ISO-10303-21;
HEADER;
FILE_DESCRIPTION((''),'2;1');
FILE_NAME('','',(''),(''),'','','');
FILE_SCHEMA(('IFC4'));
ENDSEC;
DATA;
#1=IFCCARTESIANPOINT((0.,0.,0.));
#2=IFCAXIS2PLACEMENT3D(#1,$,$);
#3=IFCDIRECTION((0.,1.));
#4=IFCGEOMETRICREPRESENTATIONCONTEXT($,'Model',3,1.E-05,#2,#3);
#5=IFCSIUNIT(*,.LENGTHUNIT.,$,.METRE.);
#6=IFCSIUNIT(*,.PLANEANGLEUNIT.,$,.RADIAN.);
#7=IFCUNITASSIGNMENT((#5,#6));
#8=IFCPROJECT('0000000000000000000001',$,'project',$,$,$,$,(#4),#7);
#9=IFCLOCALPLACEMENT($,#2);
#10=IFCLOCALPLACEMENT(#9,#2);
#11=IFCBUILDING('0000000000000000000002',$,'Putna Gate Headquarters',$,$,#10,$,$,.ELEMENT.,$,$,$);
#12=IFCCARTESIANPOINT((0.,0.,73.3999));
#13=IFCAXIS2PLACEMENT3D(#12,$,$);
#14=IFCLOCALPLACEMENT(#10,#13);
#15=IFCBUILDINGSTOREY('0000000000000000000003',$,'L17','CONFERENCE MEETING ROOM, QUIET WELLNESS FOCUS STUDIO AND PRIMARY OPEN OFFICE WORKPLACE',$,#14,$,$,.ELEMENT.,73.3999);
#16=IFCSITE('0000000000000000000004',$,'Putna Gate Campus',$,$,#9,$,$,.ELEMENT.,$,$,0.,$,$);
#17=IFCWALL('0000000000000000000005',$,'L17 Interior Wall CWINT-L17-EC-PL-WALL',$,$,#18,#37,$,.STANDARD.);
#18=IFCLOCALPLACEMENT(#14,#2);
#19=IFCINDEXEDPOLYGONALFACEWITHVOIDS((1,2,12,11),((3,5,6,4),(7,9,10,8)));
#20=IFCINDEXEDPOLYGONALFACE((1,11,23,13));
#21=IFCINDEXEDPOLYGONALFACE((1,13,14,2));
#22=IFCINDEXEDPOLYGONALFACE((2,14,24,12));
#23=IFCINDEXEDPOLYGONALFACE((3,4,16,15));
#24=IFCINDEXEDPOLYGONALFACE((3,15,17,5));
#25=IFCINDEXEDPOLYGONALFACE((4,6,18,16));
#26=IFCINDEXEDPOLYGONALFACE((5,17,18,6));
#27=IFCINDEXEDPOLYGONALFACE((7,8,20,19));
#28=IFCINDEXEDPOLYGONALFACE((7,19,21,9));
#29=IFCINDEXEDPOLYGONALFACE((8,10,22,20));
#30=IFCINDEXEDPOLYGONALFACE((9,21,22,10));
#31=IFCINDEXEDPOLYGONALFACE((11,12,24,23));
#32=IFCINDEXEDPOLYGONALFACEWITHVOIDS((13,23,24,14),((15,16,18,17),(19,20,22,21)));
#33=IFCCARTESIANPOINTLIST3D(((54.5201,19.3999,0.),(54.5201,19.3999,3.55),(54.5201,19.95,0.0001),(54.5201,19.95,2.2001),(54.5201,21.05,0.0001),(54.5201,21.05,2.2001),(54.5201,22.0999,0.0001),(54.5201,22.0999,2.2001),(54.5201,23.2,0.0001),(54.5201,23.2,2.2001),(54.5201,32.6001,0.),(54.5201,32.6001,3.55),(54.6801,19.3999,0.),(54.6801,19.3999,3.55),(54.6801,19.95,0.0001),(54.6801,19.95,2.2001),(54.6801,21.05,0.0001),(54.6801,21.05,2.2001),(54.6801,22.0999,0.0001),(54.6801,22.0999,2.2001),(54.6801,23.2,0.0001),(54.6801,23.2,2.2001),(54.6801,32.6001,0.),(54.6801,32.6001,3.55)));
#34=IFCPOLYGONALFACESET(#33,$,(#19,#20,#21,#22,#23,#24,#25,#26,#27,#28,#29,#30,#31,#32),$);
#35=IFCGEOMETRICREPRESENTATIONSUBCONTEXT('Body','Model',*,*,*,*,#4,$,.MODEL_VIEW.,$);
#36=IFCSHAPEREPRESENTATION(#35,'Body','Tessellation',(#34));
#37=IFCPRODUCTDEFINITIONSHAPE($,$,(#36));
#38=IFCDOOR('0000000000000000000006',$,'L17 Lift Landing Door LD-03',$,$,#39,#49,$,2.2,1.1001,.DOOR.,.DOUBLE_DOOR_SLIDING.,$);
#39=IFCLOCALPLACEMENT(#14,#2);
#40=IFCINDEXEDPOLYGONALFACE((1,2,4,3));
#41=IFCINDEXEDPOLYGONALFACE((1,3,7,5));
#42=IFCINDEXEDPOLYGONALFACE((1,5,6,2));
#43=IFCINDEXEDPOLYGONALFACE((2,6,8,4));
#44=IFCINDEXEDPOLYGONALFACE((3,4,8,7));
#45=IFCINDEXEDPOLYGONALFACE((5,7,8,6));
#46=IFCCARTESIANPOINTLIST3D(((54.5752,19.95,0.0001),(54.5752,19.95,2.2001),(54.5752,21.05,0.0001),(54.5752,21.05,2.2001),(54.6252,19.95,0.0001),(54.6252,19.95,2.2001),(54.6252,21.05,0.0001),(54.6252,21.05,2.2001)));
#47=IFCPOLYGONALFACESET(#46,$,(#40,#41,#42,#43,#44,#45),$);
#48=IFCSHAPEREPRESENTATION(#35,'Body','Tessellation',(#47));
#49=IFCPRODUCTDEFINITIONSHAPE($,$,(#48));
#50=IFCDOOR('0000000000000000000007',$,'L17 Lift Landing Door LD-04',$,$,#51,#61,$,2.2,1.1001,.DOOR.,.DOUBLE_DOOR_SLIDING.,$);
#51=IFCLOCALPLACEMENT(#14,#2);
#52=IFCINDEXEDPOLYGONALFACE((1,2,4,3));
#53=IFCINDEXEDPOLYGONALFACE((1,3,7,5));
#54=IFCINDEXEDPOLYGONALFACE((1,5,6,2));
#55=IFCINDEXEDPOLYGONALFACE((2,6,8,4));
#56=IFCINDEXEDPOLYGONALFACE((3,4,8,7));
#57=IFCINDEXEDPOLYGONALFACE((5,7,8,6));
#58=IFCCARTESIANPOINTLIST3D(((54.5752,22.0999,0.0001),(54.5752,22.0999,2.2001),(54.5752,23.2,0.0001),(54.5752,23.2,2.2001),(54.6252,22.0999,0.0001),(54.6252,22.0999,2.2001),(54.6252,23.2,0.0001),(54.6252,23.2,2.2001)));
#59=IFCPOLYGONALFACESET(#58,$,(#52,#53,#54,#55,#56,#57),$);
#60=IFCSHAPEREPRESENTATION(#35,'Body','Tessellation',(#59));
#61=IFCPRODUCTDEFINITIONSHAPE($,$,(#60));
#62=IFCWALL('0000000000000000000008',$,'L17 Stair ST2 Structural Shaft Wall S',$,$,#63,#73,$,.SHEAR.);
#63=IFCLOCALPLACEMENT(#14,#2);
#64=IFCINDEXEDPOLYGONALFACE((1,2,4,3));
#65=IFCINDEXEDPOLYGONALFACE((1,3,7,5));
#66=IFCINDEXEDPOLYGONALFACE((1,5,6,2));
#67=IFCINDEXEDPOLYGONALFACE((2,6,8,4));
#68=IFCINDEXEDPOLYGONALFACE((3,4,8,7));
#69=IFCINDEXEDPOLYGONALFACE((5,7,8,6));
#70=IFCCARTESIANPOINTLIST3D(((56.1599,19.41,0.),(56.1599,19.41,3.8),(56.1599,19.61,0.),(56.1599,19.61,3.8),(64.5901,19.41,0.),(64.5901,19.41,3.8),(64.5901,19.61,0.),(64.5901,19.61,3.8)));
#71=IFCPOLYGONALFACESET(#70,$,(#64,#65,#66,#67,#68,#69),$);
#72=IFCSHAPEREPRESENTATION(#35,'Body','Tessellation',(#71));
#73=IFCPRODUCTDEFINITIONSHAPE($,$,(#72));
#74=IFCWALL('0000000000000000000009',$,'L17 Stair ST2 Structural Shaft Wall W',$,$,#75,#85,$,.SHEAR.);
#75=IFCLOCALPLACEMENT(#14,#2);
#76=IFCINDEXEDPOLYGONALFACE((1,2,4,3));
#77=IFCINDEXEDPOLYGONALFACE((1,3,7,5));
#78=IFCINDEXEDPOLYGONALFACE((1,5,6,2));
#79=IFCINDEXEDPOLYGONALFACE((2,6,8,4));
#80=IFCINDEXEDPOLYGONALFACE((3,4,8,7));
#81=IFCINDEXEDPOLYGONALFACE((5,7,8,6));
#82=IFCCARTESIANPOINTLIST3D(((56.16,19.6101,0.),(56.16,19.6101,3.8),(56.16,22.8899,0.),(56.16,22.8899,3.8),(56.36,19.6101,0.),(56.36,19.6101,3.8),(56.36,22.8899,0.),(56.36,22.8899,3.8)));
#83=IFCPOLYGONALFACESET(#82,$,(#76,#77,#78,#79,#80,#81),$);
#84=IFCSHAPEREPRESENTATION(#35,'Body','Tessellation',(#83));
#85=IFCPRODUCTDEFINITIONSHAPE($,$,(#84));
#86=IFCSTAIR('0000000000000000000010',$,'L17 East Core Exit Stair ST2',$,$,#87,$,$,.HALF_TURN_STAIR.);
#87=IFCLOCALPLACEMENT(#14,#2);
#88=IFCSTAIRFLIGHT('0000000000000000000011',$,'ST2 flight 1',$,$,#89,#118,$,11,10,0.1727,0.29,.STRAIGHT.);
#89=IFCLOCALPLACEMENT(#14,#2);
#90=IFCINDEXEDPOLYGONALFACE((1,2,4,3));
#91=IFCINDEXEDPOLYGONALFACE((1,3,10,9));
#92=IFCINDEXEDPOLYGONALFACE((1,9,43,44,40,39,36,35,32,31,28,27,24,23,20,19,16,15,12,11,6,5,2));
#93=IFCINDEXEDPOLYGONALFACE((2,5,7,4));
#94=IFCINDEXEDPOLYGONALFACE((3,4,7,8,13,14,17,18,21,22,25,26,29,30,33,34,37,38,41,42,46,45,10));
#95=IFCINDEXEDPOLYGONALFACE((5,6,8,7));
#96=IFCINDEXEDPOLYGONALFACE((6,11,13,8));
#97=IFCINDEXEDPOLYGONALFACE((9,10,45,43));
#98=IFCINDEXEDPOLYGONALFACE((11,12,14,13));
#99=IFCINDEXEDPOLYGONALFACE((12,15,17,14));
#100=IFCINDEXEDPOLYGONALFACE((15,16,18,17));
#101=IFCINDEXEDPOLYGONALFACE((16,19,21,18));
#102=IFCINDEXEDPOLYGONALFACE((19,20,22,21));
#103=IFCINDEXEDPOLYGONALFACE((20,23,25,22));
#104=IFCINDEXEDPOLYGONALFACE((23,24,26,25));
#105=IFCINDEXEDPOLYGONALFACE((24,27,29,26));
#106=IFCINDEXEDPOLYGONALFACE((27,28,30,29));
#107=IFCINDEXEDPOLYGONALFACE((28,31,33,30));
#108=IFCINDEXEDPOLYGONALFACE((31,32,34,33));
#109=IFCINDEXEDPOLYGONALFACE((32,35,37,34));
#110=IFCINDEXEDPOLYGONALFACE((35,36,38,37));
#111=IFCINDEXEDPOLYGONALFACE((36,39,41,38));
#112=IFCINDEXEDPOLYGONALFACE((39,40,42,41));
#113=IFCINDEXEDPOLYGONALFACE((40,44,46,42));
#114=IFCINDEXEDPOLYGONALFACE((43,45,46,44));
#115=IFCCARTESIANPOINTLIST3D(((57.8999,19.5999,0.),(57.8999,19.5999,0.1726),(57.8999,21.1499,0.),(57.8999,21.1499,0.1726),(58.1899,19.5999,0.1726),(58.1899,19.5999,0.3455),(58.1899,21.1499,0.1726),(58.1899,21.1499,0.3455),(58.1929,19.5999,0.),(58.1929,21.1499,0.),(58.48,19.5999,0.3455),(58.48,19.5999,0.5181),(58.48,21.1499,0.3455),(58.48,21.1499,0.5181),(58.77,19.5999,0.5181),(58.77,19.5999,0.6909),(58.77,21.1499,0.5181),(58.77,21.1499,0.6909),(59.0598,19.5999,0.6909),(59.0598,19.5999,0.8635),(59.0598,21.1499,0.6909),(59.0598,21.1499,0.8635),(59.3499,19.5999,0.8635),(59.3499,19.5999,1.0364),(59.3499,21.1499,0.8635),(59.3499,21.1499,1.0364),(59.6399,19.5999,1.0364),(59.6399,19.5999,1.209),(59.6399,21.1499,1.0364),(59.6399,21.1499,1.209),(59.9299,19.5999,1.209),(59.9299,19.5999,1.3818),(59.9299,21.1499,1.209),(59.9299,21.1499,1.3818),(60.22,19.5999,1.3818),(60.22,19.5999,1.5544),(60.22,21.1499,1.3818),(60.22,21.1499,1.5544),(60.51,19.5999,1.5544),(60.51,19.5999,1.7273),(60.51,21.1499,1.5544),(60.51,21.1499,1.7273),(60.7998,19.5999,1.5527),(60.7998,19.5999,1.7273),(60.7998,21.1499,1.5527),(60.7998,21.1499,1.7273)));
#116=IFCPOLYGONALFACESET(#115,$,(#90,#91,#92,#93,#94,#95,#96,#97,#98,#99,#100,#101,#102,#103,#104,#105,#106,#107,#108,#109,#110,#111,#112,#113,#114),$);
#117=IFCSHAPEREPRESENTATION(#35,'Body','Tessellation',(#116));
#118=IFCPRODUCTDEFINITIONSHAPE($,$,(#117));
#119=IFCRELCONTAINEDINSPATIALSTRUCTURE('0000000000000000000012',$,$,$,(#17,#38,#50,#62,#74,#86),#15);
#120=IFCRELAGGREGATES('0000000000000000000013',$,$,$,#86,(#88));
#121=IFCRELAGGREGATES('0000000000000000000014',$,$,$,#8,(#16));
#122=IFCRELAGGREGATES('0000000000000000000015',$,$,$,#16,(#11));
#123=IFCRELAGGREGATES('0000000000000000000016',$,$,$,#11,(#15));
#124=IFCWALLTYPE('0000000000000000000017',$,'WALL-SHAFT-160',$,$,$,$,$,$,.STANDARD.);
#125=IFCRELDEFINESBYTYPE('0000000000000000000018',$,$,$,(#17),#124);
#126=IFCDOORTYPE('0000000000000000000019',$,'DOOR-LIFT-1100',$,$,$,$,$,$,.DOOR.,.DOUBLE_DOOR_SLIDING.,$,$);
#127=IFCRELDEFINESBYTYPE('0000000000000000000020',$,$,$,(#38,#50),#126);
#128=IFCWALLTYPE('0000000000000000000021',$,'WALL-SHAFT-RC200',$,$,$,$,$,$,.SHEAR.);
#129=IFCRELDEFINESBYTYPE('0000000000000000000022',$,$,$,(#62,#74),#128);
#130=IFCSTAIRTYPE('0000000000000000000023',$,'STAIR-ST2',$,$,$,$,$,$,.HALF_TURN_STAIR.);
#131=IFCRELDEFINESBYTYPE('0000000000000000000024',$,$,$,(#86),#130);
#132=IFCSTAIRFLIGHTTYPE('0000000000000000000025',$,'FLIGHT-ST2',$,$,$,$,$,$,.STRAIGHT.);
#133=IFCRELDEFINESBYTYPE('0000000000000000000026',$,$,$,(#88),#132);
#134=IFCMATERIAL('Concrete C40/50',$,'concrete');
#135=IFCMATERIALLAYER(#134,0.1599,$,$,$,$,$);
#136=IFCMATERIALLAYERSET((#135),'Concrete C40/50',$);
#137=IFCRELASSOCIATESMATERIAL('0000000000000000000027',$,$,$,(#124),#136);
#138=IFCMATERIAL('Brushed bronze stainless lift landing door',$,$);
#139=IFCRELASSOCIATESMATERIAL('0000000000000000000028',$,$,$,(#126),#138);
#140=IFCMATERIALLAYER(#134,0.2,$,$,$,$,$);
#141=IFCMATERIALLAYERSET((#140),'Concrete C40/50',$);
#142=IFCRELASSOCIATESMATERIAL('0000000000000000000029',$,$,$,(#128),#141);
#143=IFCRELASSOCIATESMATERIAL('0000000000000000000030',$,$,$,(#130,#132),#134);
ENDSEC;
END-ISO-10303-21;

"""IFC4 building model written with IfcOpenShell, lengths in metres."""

from ifc_helpers import new_model, si_unit, direction, frame, frame_2d, origin, place, context, subcontext, project, spatial, polyline, rectangle, outline, extrude, material, layer, layer_set, type_object, element, fill, aggregate, save


model = new_model("IFC4")

# Units and contexts
model_context = context("Model", 3, precision=1e-05, world=origin(), true_north=direction((0.0, 1.0)))
body_context = subcontext(model_context, "Body", "Model", "MODEL_VIEW")
ifc_project = project(units=[si_unit("LENGTHUNIT", "METRE"), si_unit("PLANEANGLEUNIT", "RADIAN")], contexts=[model_context])

# Site, building, storey
site_placement = place(None, origin())
site = spatial("IfcSite", under=ifc_project, at=site_placement, Name="Putna Gate Campus", CompositionType="ELEMENT", RefElevation=0.0)
building_placement = place(site_placement, origin())
building = spatial("IfcBuilding", under=site, at=building_placement, Name="Putna Gate Headquarters", CompositionType="ELEMENT")
storey_placement = place(building_placement, frame((0.0, 0.0, 73.3999)))
storey = spatial("IfcBuildingStorey", under=building, at=storey_placement, Name="L17", Description="CONFERENCE MEETING ROOM, QUIET WELLNESS FOCUS STUDIO AND PRIMARY OPEN OFFICE WORKPLACE", CompositionType="ELEMENT", Elevation=73.3999)

# Wall, openings, doors
ifc_material_1 = material(Name="Concrete C40/50", Category="concrete")
ifc_layer_1 = layer(ifc_material_1, 0.1599)
ifc_layer_set_1 = layer_set([ifc_layer_1], Name="Concrete C40/50")
wall_type_1 = type_object("IfcWallType", Name="WALL-SHAFT-160", PredefinedType="STANDARD", material=ifc_layer_set_1)
wall_1_placement = place(storey_placement, frame((54.6001, 19.3999, 0.0), z_axis=(0.0, 0.0, 1.0), x_axis=(0.0, 1.0, 0.0)))
wall_1 = element("IfcWall", 1, at=wall_1_placement, inside=storey, type_object=wall_type_1, Name="L17 Interior Wall CWINT-L17-EC-PL-WALL", PredefinedType="STANDARD", context=body_context, shape_type="SweptSolid", body=[
    extrude(rectangle(XDim=13.2002, YDim=0.1599, at=frame_2d((6.6001, 0.0))), origin(), (0.0, 0.0, 1.0), 3.55),
])
opening_1_placement = place(wall_1_placement, frame((0.55, 0.0, 0.0)))
opening_1 = element("IfcOpeningElement", 2, at=opening_1_placement, cuts=wall_1, PredefinedType="OPENING", context=body_context, shape_type="SweptSolid", body=[
    extrude(rectangle(XDim=1.1001, YDim=2.2, at=frame_2d((0.55, 1.1001))), frame((0.0, 0.0898, 0.0), z_axis=(0.0, -1.0, 0.0), x_axis=(1.0, 0.0, 0.0)), (0.0, 0.0, 1.0), 0.1799),
])
opening_2_placement = place(wall_1_placement, frame((2.7, 0.0, 0.0)))
opening_2 = element("IfcOpeningElement", 3, at=opening_2_placement, cuts=wall_1, PredefinedType="OPENING", context=body_context, shape_type="SweptSolid", body=[
    extrude(rectangle(XDim=1.1001, YDim=2.2, at=frame_2d((0.55, 1.1001))), frame((0.0, 0.0898, 0.0), z_axis=(0.0, -1.0, 0.0), x_axis=(1.0, 0.0, 0.0)), (0.0, 0.0, 1.0), 0.1799),
])
ifc_material_2 = material(Name="Brushed bronze stainless lift landing door")
door_type_1 = type_object("IfcDoorType", Name="DOOR-LIFT-1100", OperationType="DOUBLE_DOOR_SLIDING", PredefinedType="DOOR", material=ifc_material_2)
door_1_placement = place(opening_1_placement, origin())
door_1 = element("IfcDoor", 4, at=door_1_placement, inside=storey, type_object=door_type_1, Name="L17 Lift Landing Door LD-03", OperationType="DOUBLE_DOOR_SLIDING", OverallHeight=2.2, OverallWidth=1.1001, PredefinedType="DOOR", context=body_context, shape_type="SweptSolid", body=[
    extrude(rectangle(XDim=1.1001, YDim=2.2, at=frame_2d((0.55, 1.1001))), frame((0.0, 0.0249, 0.0), z_axis=(0.0, -1.0, 0.0), x_axis=(1.0, 0.0, 0.0)), (0.0, 0.0, 1.0), 0.05),
])
fill(opening_1, door_1)
door_2_placement = place(opening_2_placement, origin())
door_2 = element("IfcDoor", 5, at=door_2_placement, inside=storey, type_object=door_type_1, Name="L17 Lift Landing Door LD-04", OperationType="DOUBLE_DOOR_SLIDING", OverallHeight=2.2, OverallWidth=1.1001, PredefinedType="DOOR", context=body_context, shape_type="SweptSolid", body=[
    extrude(rectangle(XDim=1.1001, YDim=2.2, at=frame_2d((0.55, 1.1001))), frame((0.0, 0.0249, 0.0), z_axis=(0.0, -1.0, 0.0), x_axis=(1.0, 0.0, 0.0)), (0.0, 0.0, 1.0), 0.05),
])
fill(opening_2, door_2)

# Walls
ifc_layer_2 = layer(ifc_material_1, 0.2)
ifc_layer_set_2 = layer_set([ifc_layer_2], Name="Concrete C40/50")
wall_type_2 = type_object("IfcWallType", Name="WALL-SHAFT-RC200", PredefinedType="SHEAR", material=ifc_layer_set_2)
wall_2_placement = place(storey_placement, frame((56.1599, 19.51, 0.0), z_axis=(0.0, 0.0, 1.0), x_axis=(1.0, 0.0, 0.0)))
element("IfcWall", 6, at=wall_2_placement, inside=storey, type_object=wall_type_2, Name="L17 Stair ST2 Structural Shaft Wall S", PredefinedType="SHEAR", context=body_context, shape_type="SweptSolid", body=[
    extrude(rectangle(XDim=8.4302, YDim=0.2, at=frame_2d((4.2151, 0.0))), origin(), (0.0, 0.0, 1.0), 3.8),
])
wall_3_placement = place(storey_placement, frame((56.26, 19.6101, 0.0), z_axis=(0.0, 0.0, 1.0), x_axis=(0.0, 1.0, 0.0)))
element("IfcWall", 7, at=wall_3_placement, inside=storey, type_object=wall_type_2, Name="L17 Stair ST2 Structural Shaft Wall W", PredefinedType="SHEAR", context=body_context, shape_type="SweptSolid", body=[
    extrude(rectangle(XDim=3.2798, YDim=0.2, at=frame_2d((1.6399, 0.0))), origin(), (0.0, 0.0, 1.0), 3.8),
])

# Stair, stair flight
stair_type = type_object("IfcStairType", Name="STAIR-ST2", PredefinedType="HALF_TURN_STAIR", material=ifc_material_1)
stair_placement = place(storey_placement, origin())
stair = element("IfcStair", 8, at=stair_placement, inside=storey, type_object=stair_type, Name="L17 East Core Exit Stair ST2", PredefinedType="HALF_TURN_STAIR")
stair_flight_type = type_object("IfcStairFlightType", Name="FLIGHT-ST2", PredefinedType="STRAIGHT", material=ifc_material_1)
stair_flight_placement = place(storey_placement, frame((57.8999, 20.375, 0.0), z_axis=(0.0, 0.0, 1.0), x_axis=(1.0, 0.0, 0.0)))
stair_flight = element("IfcStairFlight", 9, at=stair_flight_placement, type_object=stair_flight_type, Name="ST2 flight 1", NumberOfRisers=11, NumberOfTreads=10, PredefinedType="STRAIGHT", RiserHeight=0.1727, TreadLength=0.29, context=body_context, shape_type="SweptSolid", body=[
    extrude(outline(polyline([(0.0, 0.0), (0.0, 0.1726), (0.29, 0.1726), (0.29, 0.3455), (0.5801, 0.3455), (0.5801, 0.5181), (0.8701, 0.5181), (0.8701, 0.6909), (1.1599, 0.6909), (1.1599, 0.8635), (1.45, 0.8635), (1.45, 1.0364), (1.74, 1.0364), (1.74, 1.209), (2.03, 1.209), (2.03, 1.3818), (2.3201, 1.3818), (2.3201, 1.5544), (2.6101, 1.5544), (2.6101, 1.7273), (2.8999, 1.7273), (2.8999, 1.8999), (2.8999, 1.5527), (0.293, 0.0), (0.0, 0.0)])), frame((0.0, 0.7749, 0.0), z_axis=(0.0, -1.0, 0.0), x_axis=(1.0, 0.0, 0.0)), (0.0, 0.0, 1.0), 1.55),
])
aggregate(stair, [stair_flight])

save(model, "model.ifc")
